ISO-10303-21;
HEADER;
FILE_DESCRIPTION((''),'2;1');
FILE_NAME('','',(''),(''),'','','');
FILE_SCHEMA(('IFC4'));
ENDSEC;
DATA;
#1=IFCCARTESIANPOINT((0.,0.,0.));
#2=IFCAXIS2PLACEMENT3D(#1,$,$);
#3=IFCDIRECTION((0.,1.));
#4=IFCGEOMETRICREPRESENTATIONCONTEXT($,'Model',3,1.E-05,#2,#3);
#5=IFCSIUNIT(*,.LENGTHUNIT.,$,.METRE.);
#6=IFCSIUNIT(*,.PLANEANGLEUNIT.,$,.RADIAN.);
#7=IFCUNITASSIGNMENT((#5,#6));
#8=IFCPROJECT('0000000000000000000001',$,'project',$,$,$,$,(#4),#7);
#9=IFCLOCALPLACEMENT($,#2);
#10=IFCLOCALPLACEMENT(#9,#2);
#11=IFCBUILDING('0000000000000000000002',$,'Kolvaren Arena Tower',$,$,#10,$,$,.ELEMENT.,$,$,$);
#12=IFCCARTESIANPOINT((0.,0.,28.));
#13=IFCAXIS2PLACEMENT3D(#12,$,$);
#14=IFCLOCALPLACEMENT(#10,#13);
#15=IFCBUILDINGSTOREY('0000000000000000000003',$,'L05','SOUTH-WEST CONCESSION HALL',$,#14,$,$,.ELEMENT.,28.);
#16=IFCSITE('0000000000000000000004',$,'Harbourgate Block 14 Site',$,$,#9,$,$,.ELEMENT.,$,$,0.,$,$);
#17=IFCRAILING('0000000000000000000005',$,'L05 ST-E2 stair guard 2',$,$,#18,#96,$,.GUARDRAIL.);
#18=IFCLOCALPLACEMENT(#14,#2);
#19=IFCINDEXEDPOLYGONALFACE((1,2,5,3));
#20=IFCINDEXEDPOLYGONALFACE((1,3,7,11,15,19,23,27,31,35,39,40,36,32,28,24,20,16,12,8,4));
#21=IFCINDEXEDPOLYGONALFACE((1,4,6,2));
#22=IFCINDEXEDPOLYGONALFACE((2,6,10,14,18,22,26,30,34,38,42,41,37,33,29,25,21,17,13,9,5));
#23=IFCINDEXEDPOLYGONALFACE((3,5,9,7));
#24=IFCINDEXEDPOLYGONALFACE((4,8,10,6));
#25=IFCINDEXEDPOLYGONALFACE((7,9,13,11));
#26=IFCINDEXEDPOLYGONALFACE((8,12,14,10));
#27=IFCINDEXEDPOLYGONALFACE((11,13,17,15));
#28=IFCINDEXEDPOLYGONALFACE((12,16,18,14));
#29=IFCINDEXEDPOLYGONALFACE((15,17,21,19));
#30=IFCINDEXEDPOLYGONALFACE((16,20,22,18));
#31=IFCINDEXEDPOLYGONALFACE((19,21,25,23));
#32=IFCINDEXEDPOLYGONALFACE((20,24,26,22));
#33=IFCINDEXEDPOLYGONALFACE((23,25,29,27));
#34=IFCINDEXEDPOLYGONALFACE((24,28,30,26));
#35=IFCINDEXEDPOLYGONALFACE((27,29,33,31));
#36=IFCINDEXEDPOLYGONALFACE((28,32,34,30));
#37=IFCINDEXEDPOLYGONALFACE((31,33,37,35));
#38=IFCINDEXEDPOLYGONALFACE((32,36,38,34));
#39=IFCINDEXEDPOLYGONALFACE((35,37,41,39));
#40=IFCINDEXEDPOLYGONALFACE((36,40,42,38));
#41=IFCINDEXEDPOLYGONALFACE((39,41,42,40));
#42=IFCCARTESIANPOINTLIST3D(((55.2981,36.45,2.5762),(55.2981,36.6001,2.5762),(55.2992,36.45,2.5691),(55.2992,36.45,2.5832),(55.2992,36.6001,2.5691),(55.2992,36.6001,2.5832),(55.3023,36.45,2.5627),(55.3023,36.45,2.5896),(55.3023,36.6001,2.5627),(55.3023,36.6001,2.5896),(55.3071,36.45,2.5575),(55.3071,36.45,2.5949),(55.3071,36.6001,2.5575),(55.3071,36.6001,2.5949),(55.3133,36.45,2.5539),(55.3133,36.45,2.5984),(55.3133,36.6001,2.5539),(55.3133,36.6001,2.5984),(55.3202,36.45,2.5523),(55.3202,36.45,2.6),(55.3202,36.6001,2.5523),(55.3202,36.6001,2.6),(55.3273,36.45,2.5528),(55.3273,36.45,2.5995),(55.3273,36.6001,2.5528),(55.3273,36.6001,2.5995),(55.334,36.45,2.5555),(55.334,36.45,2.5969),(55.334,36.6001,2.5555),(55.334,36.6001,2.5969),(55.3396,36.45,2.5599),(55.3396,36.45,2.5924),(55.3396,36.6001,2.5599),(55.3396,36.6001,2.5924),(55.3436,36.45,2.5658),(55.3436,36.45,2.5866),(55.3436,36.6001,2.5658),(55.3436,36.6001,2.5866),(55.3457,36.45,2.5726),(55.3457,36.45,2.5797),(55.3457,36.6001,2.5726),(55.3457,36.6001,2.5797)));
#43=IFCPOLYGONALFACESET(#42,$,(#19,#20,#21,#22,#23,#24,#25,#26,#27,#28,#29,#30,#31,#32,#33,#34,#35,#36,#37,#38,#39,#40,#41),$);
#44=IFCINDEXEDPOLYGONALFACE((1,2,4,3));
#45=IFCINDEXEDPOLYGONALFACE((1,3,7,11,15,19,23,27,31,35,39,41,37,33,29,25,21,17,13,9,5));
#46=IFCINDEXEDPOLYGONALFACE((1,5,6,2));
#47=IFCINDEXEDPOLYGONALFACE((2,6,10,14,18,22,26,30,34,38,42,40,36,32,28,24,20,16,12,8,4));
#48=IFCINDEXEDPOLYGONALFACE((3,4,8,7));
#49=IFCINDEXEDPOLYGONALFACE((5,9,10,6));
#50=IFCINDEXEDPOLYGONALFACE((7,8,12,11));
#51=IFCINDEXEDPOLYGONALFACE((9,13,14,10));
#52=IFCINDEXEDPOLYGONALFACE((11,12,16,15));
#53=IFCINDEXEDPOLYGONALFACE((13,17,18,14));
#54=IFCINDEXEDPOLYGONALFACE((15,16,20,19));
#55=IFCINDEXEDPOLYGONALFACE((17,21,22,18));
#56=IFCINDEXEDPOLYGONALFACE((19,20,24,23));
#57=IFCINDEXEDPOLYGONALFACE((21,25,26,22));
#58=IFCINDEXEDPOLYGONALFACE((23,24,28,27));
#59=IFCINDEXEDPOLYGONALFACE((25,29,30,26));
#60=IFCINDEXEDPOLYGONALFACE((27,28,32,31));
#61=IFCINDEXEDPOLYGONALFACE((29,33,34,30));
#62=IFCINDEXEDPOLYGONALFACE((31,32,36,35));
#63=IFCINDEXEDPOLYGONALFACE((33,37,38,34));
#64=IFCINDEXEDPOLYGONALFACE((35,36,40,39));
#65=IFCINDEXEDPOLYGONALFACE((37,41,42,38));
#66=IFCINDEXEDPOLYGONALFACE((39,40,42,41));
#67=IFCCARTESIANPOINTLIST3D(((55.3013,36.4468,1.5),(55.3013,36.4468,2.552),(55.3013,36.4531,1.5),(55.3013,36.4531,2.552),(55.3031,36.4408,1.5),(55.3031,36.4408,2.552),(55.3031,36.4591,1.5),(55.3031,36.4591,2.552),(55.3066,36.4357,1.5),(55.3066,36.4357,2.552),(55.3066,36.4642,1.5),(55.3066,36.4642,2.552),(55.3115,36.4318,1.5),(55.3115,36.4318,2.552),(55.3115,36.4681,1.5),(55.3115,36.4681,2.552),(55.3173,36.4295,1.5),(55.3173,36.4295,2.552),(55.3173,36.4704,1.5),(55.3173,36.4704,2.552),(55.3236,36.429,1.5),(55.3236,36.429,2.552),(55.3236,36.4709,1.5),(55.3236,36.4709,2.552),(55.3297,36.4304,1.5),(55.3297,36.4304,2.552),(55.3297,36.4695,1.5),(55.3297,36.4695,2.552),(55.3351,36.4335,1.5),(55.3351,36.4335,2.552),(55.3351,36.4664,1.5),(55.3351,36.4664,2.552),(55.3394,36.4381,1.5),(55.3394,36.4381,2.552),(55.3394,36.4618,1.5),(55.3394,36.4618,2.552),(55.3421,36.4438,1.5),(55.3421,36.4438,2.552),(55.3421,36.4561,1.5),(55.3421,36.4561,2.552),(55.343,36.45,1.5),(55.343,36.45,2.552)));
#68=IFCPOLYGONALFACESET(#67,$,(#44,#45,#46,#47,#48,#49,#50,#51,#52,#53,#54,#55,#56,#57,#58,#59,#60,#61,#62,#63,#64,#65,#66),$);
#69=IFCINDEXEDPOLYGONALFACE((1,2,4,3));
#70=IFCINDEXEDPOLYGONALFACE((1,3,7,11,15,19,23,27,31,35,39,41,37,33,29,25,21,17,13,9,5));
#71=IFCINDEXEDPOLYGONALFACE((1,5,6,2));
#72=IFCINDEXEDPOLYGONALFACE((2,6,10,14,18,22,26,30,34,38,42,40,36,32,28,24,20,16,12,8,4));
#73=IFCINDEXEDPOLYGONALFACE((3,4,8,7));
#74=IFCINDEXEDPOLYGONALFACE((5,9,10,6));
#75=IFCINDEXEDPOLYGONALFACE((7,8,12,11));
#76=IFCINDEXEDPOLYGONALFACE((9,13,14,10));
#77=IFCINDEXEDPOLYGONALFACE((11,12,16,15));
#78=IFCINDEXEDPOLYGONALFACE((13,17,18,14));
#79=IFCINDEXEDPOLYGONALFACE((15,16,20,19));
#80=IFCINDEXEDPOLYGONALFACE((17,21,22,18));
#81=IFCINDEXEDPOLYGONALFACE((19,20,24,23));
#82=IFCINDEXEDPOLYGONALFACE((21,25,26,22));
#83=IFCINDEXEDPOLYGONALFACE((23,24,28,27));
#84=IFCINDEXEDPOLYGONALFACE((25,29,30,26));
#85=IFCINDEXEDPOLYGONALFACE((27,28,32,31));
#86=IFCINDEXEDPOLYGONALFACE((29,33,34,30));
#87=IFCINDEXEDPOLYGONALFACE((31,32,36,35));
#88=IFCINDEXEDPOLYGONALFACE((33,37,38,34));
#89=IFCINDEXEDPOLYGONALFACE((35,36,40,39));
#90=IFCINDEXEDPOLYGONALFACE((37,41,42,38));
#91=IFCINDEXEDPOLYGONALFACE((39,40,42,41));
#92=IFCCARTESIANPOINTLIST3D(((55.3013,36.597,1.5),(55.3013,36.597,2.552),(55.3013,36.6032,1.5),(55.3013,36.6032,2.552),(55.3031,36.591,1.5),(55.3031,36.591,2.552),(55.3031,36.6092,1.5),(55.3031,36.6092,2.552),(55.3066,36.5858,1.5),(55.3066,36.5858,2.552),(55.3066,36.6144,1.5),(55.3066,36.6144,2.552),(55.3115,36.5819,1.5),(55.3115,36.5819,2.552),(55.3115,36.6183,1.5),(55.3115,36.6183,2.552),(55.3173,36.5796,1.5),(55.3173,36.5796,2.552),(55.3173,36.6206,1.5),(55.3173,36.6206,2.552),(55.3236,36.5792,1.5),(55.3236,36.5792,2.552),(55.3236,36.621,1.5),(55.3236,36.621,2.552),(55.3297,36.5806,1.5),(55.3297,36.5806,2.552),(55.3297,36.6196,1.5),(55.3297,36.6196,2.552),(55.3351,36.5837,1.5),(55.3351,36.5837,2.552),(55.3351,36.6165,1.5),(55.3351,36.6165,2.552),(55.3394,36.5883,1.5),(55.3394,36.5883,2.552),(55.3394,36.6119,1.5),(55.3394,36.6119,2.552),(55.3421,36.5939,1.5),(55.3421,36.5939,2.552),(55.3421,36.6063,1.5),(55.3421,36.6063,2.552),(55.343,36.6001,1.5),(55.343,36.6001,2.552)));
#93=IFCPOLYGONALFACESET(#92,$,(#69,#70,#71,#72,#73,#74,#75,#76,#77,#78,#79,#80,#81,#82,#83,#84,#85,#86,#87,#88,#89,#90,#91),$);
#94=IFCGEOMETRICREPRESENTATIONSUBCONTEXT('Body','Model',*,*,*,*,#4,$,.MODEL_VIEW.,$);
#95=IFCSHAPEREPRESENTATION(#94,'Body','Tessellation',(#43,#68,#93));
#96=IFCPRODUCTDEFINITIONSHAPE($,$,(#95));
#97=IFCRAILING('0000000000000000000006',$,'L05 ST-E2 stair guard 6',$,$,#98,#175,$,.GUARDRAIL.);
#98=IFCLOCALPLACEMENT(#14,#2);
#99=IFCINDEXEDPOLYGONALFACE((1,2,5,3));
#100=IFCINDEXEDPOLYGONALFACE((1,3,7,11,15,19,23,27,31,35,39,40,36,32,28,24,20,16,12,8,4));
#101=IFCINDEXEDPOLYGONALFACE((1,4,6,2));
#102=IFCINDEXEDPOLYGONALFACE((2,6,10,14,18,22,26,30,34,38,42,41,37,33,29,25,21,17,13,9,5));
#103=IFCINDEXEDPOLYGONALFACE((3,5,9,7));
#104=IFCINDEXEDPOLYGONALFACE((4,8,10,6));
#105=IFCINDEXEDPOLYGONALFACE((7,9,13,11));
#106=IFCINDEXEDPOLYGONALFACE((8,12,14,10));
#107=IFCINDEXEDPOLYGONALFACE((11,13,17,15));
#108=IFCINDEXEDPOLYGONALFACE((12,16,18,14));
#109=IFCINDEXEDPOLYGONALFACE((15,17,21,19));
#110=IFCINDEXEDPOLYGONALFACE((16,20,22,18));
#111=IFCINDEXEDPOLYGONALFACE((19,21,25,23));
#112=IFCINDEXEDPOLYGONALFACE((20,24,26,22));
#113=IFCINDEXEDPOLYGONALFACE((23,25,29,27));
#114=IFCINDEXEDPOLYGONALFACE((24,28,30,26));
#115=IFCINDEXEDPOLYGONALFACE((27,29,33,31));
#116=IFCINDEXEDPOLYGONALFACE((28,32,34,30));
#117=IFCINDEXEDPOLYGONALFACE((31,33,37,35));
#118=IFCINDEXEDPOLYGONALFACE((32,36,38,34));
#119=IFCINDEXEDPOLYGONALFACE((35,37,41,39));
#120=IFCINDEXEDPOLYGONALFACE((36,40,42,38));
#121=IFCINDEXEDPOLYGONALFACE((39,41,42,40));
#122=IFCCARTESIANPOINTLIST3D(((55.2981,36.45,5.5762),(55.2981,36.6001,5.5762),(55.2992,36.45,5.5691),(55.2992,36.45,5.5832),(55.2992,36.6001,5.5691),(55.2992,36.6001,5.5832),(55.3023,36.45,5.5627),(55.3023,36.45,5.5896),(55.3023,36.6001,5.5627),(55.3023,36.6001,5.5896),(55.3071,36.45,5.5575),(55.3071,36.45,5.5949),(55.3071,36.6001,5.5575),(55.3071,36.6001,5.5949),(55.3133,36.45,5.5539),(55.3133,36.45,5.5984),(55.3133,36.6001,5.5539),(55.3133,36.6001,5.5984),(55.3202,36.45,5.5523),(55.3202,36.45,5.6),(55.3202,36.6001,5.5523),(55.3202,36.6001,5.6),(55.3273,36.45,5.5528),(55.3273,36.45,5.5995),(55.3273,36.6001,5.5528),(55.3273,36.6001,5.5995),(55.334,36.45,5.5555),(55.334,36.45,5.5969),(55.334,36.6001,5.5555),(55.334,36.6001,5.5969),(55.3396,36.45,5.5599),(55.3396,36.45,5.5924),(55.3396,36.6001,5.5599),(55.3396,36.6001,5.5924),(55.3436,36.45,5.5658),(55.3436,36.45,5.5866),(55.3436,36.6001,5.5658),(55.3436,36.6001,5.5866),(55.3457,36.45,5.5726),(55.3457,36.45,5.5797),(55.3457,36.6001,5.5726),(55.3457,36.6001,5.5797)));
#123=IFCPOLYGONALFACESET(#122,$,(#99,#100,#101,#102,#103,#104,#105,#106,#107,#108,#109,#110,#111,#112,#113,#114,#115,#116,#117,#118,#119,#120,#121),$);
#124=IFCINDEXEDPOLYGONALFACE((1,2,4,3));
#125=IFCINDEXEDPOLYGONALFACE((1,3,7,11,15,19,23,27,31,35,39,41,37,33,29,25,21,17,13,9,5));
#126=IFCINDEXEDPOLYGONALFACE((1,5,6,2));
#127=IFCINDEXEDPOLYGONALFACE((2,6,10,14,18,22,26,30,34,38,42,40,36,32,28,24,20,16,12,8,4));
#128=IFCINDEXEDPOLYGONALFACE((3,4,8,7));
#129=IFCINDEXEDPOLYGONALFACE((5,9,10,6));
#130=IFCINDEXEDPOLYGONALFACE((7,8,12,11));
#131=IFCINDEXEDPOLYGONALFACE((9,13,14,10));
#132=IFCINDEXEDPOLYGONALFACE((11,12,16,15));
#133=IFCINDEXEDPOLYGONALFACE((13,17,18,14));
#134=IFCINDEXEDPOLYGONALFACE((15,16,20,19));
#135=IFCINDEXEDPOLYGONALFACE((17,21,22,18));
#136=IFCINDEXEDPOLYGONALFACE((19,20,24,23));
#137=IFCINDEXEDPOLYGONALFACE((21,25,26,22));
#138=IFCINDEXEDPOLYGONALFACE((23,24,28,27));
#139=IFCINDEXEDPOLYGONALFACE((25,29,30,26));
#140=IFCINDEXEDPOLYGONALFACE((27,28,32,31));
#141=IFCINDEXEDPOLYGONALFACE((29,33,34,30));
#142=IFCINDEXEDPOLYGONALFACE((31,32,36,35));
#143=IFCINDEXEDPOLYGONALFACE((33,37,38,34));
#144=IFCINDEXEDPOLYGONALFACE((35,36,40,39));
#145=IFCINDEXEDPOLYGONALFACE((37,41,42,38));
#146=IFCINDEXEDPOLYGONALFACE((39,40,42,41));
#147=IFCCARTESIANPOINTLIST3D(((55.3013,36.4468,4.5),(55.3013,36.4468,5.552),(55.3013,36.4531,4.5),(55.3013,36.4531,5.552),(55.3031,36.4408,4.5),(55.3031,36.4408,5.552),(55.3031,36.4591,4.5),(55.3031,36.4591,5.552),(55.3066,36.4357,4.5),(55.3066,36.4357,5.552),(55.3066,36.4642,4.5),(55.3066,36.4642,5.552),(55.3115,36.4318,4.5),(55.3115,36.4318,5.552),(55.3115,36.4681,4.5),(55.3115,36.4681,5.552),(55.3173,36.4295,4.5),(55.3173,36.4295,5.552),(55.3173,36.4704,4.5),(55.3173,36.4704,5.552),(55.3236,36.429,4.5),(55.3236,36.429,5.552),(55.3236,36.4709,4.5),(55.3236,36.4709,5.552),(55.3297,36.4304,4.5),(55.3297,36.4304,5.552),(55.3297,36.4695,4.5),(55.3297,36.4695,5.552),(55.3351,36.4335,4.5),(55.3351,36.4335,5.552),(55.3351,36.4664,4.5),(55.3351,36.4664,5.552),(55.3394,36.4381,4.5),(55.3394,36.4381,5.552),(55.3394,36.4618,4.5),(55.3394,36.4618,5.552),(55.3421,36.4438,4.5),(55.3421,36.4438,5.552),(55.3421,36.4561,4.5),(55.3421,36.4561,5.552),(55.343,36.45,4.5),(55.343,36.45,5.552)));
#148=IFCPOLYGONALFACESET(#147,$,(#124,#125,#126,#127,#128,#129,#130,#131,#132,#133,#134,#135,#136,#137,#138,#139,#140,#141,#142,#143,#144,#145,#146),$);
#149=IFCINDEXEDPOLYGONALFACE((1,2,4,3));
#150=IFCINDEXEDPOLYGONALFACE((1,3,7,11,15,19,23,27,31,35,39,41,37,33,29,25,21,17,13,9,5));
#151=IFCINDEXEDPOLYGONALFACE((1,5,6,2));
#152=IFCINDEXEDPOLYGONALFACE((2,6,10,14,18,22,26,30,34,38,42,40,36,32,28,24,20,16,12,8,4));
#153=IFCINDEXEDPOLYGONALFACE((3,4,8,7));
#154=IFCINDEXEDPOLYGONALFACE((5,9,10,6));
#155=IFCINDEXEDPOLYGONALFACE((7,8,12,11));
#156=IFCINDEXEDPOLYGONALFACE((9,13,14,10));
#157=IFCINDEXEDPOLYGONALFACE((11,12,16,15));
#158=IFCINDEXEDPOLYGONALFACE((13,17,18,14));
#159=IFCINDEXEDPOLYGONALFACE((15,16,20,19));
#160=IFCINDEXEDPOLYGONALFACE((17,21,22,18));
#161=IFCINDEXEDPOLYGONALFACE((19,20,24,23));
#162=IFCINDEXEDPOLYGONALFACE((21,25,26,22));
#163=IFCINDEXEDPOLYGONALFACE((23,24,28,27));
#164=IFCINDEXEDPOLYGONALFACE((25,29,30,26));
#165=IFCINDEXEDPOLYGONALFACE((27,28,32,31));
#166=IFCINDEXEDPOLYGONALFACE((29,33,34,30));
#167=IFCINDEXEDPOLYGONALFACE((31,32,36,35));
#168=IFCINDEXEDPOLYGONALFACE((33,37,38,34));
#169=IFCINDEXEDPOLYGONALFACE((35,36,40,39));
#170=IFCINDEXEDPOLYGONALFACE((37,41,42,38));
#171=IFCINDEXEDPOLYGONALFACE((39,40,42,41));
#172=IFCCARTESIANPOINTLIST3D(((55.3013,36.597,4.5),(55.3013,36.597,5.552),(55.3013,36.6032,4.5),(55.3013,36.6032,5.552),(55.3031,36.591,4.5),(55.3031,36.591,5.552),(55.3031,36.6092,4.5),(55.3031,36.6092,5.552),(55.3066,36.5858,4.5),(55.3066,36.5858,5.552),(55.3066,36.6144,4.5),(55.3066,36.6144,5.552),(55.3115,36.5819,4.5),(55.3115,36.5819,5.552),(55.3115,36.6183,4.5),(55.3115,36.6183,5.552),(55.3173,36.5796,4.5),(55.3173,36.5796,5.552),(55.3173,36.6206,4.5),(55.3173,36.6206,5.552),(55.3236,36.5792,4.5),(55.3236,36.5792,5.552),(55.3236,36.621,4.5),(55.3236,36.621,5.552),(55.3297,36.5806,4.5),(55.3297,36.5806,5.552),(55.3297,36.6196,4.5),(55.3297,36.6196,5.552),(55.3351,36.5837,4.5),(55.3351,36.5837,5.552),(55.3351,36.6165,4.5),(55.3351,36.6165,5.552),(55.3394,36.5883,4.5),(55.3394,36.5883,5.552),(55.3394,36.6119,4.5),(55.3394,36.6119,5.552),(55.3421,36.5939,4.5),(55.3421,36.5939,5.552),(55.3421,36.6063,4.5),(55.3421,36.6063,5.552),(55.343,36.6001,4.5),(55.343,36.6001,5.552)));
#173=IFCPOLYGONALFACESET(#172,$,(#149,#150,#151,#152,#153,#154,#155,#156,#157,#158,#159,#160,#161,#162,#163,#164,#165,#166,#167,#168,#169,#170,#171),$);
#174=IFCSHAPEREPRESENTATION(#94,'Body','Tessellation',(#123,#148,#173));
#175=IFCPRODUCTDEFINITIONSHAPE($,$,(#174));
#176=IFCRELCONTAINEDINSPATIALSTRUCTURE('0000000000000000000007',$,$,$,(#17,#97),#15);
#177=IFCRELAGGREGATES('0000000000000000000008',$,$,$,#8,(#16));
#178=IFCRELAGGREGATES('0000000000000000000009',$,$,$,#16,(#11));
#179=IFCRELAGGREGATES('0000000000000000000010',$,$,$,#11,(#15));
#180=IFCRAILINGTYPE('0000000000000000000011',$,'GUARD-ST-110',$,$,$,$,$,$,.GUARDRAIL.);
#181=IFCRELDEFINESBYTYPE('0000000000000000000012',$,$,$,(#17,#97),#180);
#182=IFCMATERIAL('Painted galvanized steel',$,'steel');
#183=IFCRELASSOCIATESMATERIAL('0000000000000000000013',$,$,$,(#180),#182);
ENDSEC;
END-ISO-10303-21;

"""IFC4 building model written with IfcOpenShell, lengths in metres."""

from ifc_helpers import new_model, si_unit, direction, frame, origin, origin_2d, place, context, subcontext, project, spatial, circle, extrude, material, type_object, element, save


model = new_model("IFC4")

# Units and contexts
model_context = context("Model", 3, precision=1e-05, world=origin(), true_north=direction((0.0, 1.0)))
body_context = subcontext(model_context, "Body", "Model", "MODEL_VIEW")
ifc_project = project(units=[si_unit("LENGTHUNIT", "METRE"), si_unit("PLANEANGLEUNIT", "RADIAN")], contexts=[model_context])

# Site, building, storey
site_placement = place(None, origin())
site = spatial("IfcSite", under=ifc_project, at=site_placement, Name="Harbourgate Block 14 Site", CompositionType="ELEMENT", RefElevation=0.0)
building_placement = place(site_placement, origin())
building = spatial("IfcBuilding", under=site, at=building_placement, Name="Kolvaren Arena Tower", CompositionType="ELEMENT")
storey_placement = place(building_placement, frame((0.0, 0.0, 28.0)))
storey = spatial("IfcBuildingStorey", under=building, at=storey_placement, Name="L05", Description="SOUTH-WEST CONCESSION HALL", CompositionType="ELEMENT", Elevation=28.0)

# Railings
ifc_material_1 = material(Name="Painted galvanized steel", Category="steel")
railing_type_1 = type_object("IfcRailingType", Name="GUARD-ST-110", PredefinedType="GUARDRAIL", material=ifc_material_1)
for number, where, name in (
    (1, (55.322, 36.45, 1.5), "L05 ST-E2 stair guard 2"),
    (2, (55.322, 36.45, 4.5), "L05 ST-E2 stair guard 6"),
):
    element("IfcRailing", number, at=place(storey_placement, frame(where)), inside=storey, type_object=railing_type_1, Name=name, PredefinedType="GUARDRAIL", context=body_context, shape_type="SweptSolid", body=[
        extrude(circle(Radius=0.0239, at=origin_2d()), frame((0.0, 0.0, 1.0762), z_axis=(0.0, 1.0, 0.0), x_axis=(-1.0, 0.0, 0.0)), (0.0, 0.0, 1.0), 0.1501),
        extrude(circle(Radius=0.021, at=origin_2d()), origin(), (0.0, 0.0, 1.0), 1.052),
        extrude(circle(Radius=0.021, at=origin_2d()), frame((0.0, 0.1501, 0.0)), (0.0, 0.0, 1.0), 1.052),
    ])

save(model, "model.ifc")
